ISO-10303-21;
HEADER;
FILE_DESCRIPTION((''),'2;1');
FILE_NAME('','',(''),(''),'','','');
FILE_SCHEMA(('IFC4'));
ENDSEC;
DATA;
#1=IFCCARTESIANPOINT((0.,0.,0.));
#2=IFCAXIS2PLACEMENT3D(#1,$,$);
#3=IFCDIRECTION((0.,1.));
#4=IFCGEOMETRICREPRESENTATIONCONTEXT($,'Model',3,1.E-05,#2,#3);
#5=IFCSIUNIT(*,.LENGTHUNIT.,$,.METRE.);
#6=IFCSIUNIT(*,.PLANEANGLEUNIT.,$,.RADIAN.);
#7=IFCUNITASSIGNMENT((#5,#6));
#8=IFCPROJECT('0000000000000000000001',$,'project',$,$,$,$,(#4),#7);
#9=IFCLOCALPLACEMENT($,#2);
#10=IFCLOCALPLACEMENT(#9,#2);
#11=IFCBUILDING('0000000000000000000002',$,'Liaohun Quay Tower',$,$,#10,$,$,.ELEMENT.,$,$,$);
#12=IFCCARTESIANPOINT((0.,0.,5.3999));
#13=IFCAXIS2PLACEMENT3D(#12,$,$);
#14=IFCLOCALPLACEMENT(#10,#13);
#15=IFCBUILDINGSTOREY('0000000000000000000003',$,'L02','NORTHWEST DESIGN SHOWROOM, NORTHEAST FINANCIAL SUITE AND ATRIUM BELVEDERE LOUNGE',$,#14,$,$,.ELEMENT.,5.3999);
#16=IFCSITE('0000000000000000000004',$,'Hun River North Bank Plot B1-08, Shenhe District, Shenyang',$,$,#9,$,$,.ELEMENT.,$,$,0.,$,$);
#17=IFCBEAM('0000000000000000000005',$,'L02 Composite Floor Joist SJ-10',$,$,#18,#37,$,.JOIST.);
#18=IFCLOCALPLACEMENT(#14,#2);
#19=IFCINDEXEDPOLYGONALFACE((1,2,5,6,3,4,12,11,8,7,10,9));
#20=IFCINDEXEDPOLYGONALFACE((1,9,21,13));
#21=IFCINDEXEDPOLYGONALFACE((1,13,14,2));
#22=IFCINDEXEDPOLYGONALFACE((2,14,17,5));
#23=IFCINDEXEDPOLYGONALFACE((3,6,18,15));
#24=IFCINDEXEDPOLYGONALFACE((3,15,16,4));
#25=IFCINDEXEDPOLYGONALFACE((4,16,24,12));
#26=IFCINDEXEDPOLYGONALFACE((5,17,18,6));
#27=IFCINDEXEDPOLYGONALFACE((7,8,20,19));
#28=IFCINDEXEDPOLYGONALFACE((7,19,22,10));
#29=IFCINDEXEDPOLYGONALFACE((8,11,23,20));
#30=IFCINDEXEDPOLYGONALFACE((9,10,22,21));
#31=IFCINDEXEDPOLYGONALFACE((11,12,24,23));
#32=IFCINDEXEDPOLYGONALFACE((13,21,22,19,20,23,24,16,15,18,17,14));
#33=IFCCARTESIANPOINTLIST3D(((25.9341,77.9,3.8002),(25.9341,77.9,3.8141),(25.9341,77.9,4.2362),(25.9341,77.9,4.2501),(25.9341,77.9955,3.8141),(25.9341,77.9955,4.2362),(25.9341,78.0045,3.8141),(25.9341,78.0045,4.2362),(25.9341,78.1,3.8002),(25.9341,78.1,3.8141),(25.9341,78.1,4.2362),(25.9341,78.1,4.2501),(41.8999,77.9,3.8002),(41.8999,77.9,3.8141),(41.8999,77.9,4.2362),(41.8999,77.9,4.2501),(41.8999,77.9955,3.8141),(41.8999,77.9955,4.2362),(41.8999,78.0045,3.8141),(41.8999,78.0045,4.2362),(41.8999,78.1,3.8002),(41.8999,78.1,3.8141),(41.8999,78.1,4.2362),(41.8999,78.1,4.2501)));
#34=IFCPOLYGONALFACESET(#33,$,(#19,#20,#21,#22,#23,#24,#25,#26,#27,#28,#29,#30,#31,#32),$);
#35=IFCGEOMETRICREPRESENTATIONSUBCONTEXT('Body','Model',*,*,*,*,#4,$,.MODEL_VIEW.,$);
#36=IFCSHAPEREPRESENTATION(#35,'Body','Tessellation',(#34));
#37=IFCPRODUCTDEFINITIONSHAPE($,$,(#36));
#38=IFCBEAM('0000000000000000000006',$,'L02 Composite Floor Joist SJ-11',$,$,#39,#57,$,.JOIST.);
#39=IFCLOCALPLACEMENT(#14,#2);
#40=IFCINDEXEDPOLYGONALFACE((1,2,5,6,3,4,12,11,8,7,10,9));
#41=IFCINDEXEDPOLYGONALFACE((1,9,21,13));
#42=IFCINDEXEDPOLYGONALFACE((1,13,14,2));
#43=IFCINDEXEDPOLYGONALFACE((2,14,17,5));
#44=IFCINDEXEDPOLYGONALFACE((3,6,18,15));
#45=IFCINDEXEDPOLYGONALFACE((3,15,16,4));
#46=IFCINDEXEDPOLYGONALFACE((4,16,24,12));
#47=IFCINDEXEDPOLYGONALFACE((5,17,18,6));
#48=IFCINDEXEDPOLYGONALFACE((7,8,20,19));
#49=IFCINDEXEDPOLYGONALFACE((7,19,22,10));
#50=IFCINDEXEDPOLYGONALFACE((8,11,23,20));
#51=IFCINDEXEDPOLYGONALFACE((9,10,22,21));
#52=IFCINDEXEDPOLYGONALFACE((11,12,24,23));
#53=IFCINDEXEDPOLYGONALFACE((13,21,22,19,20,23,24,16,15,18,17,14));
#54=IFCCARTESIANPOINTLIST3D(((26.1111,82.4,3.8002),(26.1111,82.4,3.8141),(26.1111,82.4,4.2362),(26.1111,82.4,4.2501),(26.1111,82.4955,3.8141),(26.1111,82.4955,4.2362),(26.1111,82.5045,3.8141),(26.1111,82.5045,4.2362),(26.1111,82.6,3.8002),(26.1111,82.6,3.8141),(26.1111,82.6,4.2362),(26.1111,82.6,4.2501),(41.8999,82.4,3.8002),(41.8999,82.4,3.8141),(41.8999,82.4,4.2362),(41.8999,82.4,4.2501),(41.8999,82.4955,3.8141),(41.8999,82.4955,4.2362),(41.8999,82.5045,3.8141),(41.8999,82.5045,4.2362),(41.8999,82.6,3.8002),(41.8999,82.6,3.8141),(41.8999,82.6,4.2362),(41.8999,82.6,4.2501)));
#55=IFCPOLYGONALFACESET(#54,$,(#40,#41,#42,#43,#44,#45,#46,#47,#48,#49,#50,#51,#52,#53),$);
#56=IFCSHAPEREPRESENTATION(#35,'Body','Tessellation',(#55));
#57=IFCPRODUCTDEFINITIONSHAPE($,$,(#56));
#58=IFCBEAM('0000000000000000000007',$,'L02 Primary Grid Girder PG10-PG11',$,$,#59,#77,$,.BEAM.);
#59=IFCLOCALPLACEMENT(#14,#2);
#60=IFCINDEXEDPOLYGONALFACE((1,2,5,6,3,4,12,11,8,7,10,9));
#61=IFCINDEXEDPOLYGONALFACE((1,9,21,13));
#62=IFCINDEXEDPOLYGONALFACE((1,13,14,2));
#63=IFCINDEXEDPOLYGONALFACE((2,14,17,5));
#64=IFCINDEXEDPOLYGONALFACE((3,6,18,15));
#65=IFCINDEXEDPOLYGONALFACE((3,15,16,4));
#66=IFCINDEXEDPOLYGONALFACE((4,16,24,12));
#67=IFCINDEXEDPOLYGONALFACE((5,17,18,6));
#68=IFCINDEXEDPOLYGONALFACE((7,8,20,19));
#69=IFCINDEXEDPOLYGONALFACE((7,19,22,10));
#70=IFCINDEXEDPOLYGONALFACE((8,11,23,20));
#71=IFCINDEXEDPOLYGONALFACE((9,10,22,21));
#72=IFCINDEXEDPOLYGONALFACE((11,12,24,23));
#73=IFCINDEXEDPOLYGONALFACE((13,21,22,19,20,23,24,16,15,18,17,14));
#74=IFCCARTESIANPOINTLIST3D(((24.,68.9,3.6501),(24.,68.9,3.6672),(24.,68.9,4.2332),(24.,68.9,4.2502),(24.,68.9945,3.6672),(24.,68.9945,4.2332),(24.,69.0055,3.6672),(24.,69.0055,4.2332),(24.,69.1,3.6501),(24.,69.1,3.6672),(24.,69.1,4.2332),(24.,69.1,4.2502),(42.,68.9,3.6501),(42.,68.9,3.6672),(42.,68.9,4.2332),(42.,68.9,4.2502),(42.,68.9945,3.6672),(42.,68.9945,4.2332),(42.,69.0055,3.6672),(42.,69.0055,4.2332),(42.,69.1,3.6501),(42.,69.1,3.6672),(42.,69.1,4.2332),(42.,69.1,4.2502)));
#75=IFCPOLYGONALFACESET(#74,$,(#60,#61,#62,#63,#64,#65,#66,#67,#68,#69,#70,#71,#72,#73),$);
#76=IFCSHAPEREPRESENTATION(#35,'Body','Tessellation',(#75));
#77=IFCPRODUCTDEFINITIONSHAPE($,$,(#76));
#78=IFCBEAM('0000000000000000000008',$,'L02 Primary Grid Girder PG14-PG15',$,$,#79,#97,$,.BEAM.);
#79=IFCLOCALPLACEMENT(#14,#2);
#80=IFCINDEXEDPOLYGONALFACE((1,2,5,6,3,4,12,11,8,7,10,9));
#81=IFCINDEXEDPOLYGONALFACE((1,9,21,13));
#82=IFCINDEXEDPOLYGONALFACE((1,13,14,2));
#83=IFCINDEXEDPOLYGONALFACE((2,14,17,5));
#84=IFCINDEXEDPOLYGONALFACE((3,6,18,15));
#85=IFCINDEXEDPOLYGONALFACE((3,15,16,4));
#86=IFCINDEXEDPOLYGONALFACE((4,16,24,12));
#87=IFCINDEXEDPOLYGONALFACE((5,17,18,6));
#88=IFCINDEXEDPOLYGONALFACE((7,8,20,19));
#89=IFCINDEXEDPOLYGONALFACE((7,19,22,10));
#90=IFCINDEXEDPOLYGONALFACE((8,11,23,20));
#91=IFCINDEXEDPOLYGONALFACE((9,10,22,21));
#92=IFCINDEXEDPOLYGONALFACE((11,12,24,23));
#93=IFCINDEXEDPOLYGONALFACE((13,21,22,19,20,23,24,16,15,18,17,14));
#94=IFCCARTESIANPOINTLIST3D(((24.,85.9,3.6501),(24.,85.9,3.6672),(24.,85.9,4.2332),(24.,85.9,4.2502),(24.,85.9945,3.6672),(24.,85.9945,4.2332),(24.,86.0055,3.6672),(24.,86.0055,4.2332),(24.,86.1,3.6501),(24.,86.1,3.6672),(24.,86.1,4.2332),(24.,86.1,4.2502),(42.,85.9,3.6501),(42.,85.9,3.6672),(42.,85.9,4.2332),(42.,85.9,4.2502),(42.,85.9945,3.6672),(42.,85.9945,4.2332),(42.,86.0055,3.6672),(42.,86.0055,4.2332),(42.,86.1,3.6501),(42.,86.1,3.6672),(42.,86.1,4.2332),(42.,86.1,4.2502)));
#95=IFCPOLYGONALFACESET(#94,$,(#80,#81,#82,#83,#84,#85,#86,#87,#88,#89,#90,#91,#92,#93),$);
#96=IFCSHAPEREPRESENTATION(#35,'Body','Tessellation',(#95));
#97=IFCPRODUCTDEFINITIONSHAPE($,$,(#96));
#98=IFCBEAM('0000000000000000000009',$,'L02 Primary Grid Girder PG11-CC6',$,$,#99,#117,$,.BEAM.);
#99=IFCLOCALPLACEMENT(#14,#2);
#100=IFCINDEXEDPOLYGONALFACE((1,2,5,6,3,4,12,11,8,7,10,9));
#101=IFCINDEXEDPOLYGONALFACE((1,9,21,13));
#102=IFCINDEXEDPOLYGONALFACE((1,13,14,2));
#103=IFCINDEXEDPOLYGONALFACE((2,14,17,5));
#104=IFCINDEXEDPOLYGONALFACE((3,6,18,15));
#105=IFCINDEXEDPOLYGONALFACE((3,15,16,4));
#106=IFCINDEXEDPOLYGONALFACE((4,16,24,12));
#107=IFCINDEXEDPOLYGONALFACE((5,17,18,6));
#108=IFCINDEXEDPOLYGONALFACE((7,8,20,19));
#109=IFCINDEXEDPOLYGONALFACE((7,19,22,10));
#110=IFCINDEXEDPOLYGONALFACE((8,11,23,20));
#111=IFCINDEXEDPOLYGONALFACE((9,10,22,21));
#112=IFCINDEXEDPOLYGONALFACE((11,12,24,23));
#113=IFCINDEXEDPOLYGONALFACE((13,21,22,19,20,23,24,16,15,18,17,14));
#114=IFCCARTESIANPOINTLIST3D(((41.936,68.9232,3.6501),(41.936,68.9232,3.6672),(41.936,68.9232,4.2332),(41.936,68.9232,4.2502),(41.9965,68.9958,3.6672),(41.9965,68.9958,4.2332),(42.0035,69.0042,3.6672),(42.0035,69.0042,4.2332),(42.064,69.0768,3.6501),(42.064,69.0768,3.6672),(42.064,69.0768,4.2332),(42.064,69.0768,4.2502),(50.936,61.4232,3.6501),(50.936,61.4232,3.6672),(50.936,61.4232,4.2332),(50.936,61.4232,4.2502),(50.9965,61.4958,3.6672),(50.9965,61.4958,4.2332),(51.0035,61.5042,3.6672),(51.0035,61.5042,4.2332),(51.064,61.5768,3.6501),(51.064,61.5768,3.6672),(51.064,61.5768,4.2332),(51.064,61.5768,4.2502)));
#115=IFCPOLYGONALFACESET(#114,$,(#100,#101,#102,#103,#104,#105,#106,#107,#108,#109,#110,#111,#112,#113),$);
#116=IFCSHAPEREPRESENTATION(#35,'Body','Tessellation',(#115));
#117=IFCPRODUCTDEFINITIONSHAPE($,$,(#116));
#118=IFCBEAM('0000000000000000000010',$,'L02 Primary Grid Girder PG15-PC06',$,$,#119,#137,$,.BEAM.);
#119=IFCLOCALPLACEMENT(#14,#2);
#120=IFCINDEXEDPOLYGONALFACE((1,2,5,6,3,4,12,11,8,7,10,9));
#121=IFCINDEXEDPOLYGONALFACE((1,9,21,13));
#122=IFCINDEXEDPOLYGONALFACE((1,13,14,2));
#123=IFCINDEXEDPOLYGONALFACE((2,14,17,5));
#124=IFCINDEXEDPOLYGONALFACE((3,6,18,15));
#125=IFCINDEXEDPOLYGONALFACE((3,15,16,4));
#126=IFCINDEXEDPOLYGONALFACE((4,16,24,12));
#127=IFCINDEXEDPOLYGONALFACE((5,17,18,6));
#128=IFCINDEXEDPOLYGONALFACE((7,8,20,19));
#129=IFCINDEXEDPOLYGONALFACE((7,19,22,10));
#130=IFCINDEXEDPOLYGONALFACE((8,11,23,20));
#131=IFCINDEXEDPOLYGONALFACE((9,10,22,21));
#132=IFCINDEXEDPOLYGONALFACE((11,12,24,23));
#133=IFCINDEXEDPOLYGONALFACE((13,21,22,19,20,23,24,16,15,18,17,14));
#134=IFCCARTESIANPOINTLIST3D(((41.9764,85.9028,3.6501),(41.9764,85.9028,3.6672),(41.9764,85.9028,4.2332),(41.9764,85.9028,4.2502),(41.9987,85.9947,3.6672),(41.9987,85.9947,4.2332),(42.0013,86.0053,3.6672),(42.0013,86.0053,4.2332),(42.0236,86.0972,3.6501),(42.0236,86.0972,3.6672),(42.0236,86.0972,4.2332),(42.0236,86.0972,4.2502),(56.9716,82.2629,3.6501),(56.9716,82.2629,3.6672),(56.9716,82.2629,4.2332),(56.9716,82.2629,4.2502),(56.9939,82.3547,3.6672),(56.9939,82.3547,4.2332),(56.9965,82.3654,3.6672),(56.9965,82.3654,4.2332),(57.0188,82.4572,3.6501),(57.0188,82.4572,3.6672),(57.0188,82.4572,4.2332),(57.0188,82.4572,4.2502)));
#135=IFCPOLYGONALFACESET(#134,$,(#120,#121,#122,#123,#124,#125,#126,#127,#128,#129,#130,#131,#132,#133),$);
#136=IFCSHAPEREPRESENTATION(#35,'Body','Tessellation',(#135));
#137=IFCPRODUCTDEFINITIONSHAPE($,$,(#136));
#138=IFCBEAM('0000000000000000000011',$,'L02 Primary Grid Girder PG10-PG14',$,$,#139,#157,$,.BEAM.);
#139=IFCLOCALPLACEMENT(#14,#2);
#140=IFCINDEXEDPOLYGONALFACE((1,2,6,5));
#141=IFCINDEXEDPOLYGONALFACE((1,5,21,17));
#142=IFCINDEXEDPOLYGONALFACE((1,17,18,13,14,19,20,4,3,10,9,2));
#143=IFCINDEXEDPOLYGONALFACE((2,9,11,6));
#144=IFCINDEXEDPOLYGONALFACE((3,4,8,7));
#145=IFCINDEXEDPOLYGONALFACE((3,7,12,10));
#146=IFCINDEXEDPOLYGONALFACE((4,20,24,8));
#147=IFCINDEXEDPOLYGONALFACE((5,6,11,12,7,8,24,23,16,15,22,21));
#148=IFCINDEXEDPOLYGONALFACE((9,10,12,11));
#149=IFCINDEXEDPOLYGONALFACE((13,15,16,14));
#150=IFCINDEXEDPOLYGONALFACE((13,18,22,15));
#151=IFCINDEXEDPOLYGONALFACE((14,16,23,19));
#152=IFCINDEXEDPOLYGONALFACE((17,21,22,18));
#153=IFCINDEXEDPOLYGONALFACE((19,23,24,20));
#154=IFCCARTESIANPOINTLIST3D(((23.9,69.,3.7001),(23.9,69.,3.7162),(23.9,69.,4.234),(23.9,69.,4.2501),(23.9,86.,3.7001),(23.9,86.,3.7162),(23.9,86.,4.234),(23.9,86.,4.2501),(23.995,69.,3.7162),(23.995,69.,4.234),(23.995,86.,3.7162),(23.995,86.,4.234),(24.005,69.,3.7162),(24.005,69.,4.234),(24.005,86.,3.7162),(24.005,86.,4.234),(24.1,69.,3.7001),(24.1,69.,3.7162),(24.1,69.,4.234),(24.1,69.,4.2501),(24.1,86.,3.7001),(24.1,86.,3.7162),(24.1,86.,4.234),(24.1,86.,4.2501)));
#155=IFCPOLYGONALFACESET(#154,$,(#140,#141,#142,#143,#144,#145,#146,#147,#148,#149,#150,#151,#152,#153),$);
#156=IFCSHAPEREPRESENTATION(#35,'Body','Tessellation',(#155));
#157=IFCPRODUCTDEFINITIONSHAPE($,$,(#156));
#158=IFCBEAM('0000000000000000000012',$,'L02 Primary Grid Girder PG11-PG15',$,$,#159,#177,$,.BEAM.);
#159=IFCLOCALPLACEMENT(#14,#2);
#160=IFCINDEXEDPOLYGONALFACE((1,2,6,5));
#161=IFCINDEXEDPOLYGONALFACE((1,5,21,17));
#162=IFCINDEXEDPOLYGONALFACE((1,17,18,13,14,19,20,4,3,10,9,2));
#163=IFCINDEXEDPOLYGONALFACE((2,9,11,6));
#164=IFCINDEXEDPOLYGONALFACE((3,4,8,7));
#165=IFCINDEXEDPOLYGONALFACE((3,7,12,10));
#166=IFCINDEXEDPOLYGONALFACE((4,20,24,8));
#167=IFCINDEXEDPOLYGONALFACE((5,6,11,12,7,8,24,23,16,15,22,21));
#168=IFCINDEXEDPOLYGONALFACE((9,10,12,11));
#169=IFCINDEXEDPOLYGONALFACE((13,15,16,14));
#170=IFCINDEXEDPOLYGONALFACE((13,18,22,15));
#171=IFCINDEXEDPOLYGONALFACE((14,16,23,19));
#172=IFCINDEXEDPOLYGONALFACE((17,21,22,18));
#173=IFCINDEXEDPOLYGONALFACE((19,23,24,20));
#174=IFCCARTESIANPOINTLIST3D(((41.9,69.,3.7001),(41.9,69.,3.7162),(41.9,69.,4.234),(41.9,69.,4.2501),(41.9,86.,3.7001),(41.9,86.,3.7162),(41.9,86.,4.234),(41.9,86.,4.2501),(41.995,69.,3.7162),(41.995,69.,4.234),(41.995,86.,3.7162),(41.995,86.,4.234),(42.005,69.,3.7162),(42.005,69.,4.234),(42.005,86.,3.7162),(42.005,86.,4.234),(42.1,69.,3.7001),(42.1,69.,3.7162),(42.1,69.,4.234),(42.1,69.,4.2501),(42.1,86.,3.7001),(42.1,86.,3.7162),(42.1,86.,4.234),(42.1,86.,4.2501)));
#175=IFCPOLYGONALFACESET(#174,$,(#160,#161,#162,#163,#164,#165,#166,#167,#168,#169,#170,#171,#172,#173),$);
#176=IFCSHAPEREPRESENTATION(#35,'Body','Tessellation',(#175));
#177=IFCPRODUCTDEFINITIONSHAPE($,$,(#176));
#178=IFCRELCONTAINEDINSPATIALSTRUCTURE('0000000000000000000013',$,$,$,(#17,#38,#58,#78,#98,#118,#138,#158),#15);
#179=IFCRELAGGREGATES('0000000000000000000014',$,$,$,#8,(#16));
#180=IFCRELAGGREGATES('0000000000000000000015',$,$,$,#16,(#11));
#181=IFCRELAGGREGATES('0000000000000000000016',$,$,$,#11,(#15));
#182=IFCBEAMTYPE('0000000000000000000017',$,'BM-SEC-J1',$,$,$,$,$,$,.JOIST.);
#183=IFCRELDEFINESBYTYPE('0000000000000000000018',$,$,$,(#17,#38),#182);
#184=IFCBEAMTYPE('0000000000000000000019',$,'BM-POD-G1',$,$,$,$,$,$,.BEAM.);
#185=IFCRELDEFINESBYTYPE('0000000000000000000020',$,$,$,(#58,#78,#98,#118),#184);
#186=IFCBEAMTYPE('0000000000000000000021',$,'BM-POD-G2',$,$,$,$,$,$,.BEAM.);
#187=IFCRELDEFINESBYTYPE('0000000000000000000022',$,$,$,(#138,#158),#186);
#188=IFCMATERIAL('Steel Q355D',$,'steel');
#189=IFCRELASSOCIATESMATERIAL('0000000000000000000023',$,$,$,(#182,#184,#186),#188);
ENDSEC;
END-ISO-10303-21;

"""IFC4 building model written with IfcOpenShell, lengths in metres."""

from ifc_helpers import new_model, si_unit, direction, frame, origin, origin_2d, place, context, subcontext, project, spatial, i_section, extrude, source, transform, mapped, material, material_profile, profile_set, type_object, element, save


model = new_model("IFC4")

# Units and contexts
model_context = context("Model", 3, precision=1e-05, world=origin(), true_north=direction((0.0, 1.0)))
body_context = subcontext(model_context, "Body", "Model", "MODEL_VIEW")
ifc_project = project(units=[si_unit("LENGTHUNIT", "METRE"), si_unit("PLANEANGLEUNIT", "RADIAN")], contexts=[model_context])

# Site, building, storey
site_placement = place(None, origin())
site = spatial("IfcSite", under=ifc_project, at=site_placement, Name="Hun River North Bank Plot B1-08, Shenhe District, Shenyang", CompositionType="ELEMENT", RefElevation=0.0)
building_placement = place(site_placement, origin())
building = spatial("IfcBuilding", under=site, at=building_placement, Name="Liaohun Quay Tower", CompositionType="ELEMENT")
storey_placement = place(building_placement, frame((0.0, 0.0, 5.3999)))
storey = spatial("IfcBuildingStorey", under=building, at=storey_placement, Name="L02", Description="NORTHWEST DESIGN SHOWROOM, NORTHEAST FINANCIAL SUITE AND ATRIUM BELVEDERE LOUNGE", CompositionType="ELEMENT", Elevation=5.3999)

# Beams
ifc_material_1 = material(Name="Steel Q355D", Category="steel")
ifc_material_profile_1 = material_profile(ifc_material_1, i_section(OverallWidth=0.2, OverallDepth=0.45, WebThickness=0.009, FlangeThickness=0.0139, at=origin_2d()), Name="HN450x200x9x14")
ifc_profile_set_1 = profile_set([ifc_material_profile_1], Name="Steel Q355D")
beam_type_1 = type_object("IfcBeamType", Name="BM-SEC-J1", PredefinedType="JOIST", material=ifc_profile_set_1)
shared_shape_1 = source(origin(), body_context, "Body", "SweptSolid", [
    extrude(i_section(OverallWidth=0.2, OverallDepth=0.45, WebThickness=0.009, FlangeThickness=0.0139, at=origin_2d()), origin(), (0.0, 0.0, 1.0), 15.9658),
])
beam_1_placement = place(storey_placement, frame((25.9341, 78.0, 4.0251), z_axis=(1.0, 0.0, 0.0), x_axis=(0.0, 1.0, 0.0)))
element("IfcBeam", 1, at=beam_1_placement, inside=storey, type_object=beam_type_1, Name="L02 Composite Floor Joist SJ-10", PredefinedType="JOIST", context=body_context, shape_type="MappedRepresentation", body=[
    mapped(shared_shape_1, transform((0.0, 0.0, 0.0), x_axis=(1.0, 0.0, 0.0), y_axis=(0.0, 1.0, 0.0), z_axis=(0.0, 0.0, 1.0), scale=1.0)),
])
shared_shape_2 = source(origin(), body_context, "Body", "SweptSolid", [
    extrude(i_section(OverallWidth=0.2, OverallDepth=0.45, WebThickness=0.009, FlangeThickness=0.0139, at=origin_2d()), origin(), (0.0, 0.0, 1.0), 15.7888),
])
beam_2_placement = place(storey_placement, frame((26.1111, 82.5, 4.0251), z_axis=(1.0, 0.0, 0.0), x_axis=(0.0, 1.0, 0.0)))
element("IfcBeam", 2, at=beam_2_placement, inside=storey, type_object=beam_type_1, Name="L02 Composite Floor Joist SJ-11", PredefinedType="JOIST", context=body_context, shape_type="MappedRepresentation", body=[
    mapped(shared_shape_2, transform((0.0, 0.0, 0.0), x_axis=(1.0, 0.0, 0.0), y_axis=(0.0, 1.0, 0.0), z_axis=(0.0, 0.0, 1.0), scale=1.0)),
])
ifc_material_profile_2 = material_profile(ifc_material_1, i_section(OverallWidth=0.2, OverallDepth=0.6001, WebThickness=0.011, FlangeThickness=0.0171, at=origin_2d()), Name="HN600x200x11x17")
ifc_profile_set_2 = profile_set([ifc_material_profile_2], Name="Steel Q355D")
beam_type_2 = type_object("IfcBeamType", Name="BM-POD-G1", PredefinedType="BEAM", material=ifc_profile_set_2)
shared_shape_3 = source(origin(), body_context, "Body", "SweptSolid", [
    extrude(i_section(OverallWidth=0.2, OverallDepth=0.6001, WebThickness=0.011, FlangeThickness=0.0171, at=origin_2d()), origin(), (0.0, 0.0, 1.0), 18.0),
])
for number, where, z_axis, x_axis, name in (
    (3, (24.0, 69.0, 3.9502), (1.0, 0.0, 0.0), (0.0, 1.0, 0.0), "L02 Primary Grid Girder PG10-PG11"),
    (4, (24.0, 86.0, 3.9502), (1.0, 0.0, 0.0), (0.0, 1.0, 0.0), "L02 Primary Grid Girder PG14-PG15"),
):
    element("IfcBeam", number, at=place(storey_placement, frame(where, z_axis=z_axis, x_axis=x_axis)), inside=storey, type_object=beam_type_2, Name=name, PredefinedType="BEAM", context=body_context, shape_type="MappedRepresentation", body=[
        mapped(shared_shape_3, transform((0.0, 0.0, 0.0), x_axis=(1.0, 0.0, 0.0), y_axis=(0.0, 1.0, 0.0), z_axis=(0.0, 0.0, 1.0), scale=1.0)),
    ])
shared_shape_4 = source(origin(), body_context, "Body", "SweptSolid", [
    extrude(i_section(OverallWidth=0.2, OverallDepth=0.6001, WebThickness=0.011, FlangeThickness=0.0171, at=origin_2d()), origin(), (0.0, 0.0, 1.0), 11.7153),
])
beam_3_placement = place(storey_placement, frame((42.0, 69.0, 3.9502), z_axis=(0.768221, -0.640184, 0.0), x_axis=(0.640184, 0.768221, 0.0)))
element("IfcBeam", 5, at=beam_3_placement, inside=storey, type_object=beam_type_2, Name="L02 Primary Grid Girder PG11-CC6", PredefinedType="BEAM", context=body_context, shape_type="MappedRepresentation", body=[
    mapped(shared_shape_4, transform((0.0, 0.0, 0.0), x_axis=(1.0, 0.0, 0.0), y_axis=(0.0, 1.0, 0.0), z_axis=(0.0, 0.0, 1.0), scale=1.0)),
])
shared_shape_5 = source(origin(), body_context, "Body", "SweptSolid", [
    extrude(i_section(OverallWidth=0.2, OverallDepth=0.6001, WebThickness=0.011, FlangeThickness=0.0171, at=origin_2d()), origin(), (0.0, 0.0, 1.0), 15.4307),
])
beam_4_placement = place(storey_placement, frame((42.0, 86.0, 3.9502), z_axis=(0.97178, -0.235888, 0.0), x_axis=(0.235888, 0.97178, 0.0)))
element("IfcBeam", 6, at=beam_4_placement, inside=storey, type_object=beam_type_2, Name="L02 Primary Grid Girder PG15-PC06", PredefinedType="BEAM", context=body_context, shape_type="MappedRepresentation", body=[
    mapped(shared_shape_5, transform((0.0, 0.0, 0.0), x_axis=(1.0, 0.0, 0.0), y_axis=(0.0, 1.0, 0.0), z_axis=(0.0, 0.0, 1.0), scale=1.0)),
])
ifc_material_profile_3 = material_profile(ifc_material_1, i_section(OverallWidth=0.2, OverallDepth=0.55, WebThickness=0.01, FlangeThickness=0.0161, at=origin_2d()), Name="HN550x200x10x16")
ifc_profile_set_3 = profile_set([ifc_material_profile_3], Name="Steel Q355D")
beam_type_3 = type_object("IfcBeamType", Name="BM-POD-G2", PredefinedType="BEAM", material=ifc_profile_set_3)
shared_shape_6 = source(origin(), body_context, "Body", "SweptSolid", [
    extrude(i_section(OverallWidth=0.2, OverallDepth=0.55, WebThickness=0.01, FlangeThickness=0.0161, at=origin_2d()), origin(), (0.0, 0.0, 1.0), 17.0),
])
for number, where, z_axis, x_axis, name in (
    (7, (24.0, 69.0, 3.9751), (0.0, 1.0, 0.0), (-1.0, 0.0, 0.0), "L02 Primary Grid Girder PG10-PG14"),
    (8, (42.0, 69.0, 3.9751), (0.0, 1.0, 0.0), (-1.0, 0.0, 0.0), "L02 Primary Grid Girder PG11-PG15"),
):
    element("IfcBeam", number, at=place(storey_placement, frame(where, z_axis=z_axis, x_axis=x_axis)), inside=storey, type_object=beam_type_3, Name=name, PredefinedType="BEAM", context=body_context, shape_type="MappedRepresentation", body=[
        mapped(shared_shape_6, transform((0.0, 0.0, 0.0), x_axis=(1.0, 0.0, 0.0), y_axis=(0.0, 1.0, 0.0), z_axis=(0.0, 0.0, 1.0), scale=1.0)),
    ])

save(model, "model.ifc")
